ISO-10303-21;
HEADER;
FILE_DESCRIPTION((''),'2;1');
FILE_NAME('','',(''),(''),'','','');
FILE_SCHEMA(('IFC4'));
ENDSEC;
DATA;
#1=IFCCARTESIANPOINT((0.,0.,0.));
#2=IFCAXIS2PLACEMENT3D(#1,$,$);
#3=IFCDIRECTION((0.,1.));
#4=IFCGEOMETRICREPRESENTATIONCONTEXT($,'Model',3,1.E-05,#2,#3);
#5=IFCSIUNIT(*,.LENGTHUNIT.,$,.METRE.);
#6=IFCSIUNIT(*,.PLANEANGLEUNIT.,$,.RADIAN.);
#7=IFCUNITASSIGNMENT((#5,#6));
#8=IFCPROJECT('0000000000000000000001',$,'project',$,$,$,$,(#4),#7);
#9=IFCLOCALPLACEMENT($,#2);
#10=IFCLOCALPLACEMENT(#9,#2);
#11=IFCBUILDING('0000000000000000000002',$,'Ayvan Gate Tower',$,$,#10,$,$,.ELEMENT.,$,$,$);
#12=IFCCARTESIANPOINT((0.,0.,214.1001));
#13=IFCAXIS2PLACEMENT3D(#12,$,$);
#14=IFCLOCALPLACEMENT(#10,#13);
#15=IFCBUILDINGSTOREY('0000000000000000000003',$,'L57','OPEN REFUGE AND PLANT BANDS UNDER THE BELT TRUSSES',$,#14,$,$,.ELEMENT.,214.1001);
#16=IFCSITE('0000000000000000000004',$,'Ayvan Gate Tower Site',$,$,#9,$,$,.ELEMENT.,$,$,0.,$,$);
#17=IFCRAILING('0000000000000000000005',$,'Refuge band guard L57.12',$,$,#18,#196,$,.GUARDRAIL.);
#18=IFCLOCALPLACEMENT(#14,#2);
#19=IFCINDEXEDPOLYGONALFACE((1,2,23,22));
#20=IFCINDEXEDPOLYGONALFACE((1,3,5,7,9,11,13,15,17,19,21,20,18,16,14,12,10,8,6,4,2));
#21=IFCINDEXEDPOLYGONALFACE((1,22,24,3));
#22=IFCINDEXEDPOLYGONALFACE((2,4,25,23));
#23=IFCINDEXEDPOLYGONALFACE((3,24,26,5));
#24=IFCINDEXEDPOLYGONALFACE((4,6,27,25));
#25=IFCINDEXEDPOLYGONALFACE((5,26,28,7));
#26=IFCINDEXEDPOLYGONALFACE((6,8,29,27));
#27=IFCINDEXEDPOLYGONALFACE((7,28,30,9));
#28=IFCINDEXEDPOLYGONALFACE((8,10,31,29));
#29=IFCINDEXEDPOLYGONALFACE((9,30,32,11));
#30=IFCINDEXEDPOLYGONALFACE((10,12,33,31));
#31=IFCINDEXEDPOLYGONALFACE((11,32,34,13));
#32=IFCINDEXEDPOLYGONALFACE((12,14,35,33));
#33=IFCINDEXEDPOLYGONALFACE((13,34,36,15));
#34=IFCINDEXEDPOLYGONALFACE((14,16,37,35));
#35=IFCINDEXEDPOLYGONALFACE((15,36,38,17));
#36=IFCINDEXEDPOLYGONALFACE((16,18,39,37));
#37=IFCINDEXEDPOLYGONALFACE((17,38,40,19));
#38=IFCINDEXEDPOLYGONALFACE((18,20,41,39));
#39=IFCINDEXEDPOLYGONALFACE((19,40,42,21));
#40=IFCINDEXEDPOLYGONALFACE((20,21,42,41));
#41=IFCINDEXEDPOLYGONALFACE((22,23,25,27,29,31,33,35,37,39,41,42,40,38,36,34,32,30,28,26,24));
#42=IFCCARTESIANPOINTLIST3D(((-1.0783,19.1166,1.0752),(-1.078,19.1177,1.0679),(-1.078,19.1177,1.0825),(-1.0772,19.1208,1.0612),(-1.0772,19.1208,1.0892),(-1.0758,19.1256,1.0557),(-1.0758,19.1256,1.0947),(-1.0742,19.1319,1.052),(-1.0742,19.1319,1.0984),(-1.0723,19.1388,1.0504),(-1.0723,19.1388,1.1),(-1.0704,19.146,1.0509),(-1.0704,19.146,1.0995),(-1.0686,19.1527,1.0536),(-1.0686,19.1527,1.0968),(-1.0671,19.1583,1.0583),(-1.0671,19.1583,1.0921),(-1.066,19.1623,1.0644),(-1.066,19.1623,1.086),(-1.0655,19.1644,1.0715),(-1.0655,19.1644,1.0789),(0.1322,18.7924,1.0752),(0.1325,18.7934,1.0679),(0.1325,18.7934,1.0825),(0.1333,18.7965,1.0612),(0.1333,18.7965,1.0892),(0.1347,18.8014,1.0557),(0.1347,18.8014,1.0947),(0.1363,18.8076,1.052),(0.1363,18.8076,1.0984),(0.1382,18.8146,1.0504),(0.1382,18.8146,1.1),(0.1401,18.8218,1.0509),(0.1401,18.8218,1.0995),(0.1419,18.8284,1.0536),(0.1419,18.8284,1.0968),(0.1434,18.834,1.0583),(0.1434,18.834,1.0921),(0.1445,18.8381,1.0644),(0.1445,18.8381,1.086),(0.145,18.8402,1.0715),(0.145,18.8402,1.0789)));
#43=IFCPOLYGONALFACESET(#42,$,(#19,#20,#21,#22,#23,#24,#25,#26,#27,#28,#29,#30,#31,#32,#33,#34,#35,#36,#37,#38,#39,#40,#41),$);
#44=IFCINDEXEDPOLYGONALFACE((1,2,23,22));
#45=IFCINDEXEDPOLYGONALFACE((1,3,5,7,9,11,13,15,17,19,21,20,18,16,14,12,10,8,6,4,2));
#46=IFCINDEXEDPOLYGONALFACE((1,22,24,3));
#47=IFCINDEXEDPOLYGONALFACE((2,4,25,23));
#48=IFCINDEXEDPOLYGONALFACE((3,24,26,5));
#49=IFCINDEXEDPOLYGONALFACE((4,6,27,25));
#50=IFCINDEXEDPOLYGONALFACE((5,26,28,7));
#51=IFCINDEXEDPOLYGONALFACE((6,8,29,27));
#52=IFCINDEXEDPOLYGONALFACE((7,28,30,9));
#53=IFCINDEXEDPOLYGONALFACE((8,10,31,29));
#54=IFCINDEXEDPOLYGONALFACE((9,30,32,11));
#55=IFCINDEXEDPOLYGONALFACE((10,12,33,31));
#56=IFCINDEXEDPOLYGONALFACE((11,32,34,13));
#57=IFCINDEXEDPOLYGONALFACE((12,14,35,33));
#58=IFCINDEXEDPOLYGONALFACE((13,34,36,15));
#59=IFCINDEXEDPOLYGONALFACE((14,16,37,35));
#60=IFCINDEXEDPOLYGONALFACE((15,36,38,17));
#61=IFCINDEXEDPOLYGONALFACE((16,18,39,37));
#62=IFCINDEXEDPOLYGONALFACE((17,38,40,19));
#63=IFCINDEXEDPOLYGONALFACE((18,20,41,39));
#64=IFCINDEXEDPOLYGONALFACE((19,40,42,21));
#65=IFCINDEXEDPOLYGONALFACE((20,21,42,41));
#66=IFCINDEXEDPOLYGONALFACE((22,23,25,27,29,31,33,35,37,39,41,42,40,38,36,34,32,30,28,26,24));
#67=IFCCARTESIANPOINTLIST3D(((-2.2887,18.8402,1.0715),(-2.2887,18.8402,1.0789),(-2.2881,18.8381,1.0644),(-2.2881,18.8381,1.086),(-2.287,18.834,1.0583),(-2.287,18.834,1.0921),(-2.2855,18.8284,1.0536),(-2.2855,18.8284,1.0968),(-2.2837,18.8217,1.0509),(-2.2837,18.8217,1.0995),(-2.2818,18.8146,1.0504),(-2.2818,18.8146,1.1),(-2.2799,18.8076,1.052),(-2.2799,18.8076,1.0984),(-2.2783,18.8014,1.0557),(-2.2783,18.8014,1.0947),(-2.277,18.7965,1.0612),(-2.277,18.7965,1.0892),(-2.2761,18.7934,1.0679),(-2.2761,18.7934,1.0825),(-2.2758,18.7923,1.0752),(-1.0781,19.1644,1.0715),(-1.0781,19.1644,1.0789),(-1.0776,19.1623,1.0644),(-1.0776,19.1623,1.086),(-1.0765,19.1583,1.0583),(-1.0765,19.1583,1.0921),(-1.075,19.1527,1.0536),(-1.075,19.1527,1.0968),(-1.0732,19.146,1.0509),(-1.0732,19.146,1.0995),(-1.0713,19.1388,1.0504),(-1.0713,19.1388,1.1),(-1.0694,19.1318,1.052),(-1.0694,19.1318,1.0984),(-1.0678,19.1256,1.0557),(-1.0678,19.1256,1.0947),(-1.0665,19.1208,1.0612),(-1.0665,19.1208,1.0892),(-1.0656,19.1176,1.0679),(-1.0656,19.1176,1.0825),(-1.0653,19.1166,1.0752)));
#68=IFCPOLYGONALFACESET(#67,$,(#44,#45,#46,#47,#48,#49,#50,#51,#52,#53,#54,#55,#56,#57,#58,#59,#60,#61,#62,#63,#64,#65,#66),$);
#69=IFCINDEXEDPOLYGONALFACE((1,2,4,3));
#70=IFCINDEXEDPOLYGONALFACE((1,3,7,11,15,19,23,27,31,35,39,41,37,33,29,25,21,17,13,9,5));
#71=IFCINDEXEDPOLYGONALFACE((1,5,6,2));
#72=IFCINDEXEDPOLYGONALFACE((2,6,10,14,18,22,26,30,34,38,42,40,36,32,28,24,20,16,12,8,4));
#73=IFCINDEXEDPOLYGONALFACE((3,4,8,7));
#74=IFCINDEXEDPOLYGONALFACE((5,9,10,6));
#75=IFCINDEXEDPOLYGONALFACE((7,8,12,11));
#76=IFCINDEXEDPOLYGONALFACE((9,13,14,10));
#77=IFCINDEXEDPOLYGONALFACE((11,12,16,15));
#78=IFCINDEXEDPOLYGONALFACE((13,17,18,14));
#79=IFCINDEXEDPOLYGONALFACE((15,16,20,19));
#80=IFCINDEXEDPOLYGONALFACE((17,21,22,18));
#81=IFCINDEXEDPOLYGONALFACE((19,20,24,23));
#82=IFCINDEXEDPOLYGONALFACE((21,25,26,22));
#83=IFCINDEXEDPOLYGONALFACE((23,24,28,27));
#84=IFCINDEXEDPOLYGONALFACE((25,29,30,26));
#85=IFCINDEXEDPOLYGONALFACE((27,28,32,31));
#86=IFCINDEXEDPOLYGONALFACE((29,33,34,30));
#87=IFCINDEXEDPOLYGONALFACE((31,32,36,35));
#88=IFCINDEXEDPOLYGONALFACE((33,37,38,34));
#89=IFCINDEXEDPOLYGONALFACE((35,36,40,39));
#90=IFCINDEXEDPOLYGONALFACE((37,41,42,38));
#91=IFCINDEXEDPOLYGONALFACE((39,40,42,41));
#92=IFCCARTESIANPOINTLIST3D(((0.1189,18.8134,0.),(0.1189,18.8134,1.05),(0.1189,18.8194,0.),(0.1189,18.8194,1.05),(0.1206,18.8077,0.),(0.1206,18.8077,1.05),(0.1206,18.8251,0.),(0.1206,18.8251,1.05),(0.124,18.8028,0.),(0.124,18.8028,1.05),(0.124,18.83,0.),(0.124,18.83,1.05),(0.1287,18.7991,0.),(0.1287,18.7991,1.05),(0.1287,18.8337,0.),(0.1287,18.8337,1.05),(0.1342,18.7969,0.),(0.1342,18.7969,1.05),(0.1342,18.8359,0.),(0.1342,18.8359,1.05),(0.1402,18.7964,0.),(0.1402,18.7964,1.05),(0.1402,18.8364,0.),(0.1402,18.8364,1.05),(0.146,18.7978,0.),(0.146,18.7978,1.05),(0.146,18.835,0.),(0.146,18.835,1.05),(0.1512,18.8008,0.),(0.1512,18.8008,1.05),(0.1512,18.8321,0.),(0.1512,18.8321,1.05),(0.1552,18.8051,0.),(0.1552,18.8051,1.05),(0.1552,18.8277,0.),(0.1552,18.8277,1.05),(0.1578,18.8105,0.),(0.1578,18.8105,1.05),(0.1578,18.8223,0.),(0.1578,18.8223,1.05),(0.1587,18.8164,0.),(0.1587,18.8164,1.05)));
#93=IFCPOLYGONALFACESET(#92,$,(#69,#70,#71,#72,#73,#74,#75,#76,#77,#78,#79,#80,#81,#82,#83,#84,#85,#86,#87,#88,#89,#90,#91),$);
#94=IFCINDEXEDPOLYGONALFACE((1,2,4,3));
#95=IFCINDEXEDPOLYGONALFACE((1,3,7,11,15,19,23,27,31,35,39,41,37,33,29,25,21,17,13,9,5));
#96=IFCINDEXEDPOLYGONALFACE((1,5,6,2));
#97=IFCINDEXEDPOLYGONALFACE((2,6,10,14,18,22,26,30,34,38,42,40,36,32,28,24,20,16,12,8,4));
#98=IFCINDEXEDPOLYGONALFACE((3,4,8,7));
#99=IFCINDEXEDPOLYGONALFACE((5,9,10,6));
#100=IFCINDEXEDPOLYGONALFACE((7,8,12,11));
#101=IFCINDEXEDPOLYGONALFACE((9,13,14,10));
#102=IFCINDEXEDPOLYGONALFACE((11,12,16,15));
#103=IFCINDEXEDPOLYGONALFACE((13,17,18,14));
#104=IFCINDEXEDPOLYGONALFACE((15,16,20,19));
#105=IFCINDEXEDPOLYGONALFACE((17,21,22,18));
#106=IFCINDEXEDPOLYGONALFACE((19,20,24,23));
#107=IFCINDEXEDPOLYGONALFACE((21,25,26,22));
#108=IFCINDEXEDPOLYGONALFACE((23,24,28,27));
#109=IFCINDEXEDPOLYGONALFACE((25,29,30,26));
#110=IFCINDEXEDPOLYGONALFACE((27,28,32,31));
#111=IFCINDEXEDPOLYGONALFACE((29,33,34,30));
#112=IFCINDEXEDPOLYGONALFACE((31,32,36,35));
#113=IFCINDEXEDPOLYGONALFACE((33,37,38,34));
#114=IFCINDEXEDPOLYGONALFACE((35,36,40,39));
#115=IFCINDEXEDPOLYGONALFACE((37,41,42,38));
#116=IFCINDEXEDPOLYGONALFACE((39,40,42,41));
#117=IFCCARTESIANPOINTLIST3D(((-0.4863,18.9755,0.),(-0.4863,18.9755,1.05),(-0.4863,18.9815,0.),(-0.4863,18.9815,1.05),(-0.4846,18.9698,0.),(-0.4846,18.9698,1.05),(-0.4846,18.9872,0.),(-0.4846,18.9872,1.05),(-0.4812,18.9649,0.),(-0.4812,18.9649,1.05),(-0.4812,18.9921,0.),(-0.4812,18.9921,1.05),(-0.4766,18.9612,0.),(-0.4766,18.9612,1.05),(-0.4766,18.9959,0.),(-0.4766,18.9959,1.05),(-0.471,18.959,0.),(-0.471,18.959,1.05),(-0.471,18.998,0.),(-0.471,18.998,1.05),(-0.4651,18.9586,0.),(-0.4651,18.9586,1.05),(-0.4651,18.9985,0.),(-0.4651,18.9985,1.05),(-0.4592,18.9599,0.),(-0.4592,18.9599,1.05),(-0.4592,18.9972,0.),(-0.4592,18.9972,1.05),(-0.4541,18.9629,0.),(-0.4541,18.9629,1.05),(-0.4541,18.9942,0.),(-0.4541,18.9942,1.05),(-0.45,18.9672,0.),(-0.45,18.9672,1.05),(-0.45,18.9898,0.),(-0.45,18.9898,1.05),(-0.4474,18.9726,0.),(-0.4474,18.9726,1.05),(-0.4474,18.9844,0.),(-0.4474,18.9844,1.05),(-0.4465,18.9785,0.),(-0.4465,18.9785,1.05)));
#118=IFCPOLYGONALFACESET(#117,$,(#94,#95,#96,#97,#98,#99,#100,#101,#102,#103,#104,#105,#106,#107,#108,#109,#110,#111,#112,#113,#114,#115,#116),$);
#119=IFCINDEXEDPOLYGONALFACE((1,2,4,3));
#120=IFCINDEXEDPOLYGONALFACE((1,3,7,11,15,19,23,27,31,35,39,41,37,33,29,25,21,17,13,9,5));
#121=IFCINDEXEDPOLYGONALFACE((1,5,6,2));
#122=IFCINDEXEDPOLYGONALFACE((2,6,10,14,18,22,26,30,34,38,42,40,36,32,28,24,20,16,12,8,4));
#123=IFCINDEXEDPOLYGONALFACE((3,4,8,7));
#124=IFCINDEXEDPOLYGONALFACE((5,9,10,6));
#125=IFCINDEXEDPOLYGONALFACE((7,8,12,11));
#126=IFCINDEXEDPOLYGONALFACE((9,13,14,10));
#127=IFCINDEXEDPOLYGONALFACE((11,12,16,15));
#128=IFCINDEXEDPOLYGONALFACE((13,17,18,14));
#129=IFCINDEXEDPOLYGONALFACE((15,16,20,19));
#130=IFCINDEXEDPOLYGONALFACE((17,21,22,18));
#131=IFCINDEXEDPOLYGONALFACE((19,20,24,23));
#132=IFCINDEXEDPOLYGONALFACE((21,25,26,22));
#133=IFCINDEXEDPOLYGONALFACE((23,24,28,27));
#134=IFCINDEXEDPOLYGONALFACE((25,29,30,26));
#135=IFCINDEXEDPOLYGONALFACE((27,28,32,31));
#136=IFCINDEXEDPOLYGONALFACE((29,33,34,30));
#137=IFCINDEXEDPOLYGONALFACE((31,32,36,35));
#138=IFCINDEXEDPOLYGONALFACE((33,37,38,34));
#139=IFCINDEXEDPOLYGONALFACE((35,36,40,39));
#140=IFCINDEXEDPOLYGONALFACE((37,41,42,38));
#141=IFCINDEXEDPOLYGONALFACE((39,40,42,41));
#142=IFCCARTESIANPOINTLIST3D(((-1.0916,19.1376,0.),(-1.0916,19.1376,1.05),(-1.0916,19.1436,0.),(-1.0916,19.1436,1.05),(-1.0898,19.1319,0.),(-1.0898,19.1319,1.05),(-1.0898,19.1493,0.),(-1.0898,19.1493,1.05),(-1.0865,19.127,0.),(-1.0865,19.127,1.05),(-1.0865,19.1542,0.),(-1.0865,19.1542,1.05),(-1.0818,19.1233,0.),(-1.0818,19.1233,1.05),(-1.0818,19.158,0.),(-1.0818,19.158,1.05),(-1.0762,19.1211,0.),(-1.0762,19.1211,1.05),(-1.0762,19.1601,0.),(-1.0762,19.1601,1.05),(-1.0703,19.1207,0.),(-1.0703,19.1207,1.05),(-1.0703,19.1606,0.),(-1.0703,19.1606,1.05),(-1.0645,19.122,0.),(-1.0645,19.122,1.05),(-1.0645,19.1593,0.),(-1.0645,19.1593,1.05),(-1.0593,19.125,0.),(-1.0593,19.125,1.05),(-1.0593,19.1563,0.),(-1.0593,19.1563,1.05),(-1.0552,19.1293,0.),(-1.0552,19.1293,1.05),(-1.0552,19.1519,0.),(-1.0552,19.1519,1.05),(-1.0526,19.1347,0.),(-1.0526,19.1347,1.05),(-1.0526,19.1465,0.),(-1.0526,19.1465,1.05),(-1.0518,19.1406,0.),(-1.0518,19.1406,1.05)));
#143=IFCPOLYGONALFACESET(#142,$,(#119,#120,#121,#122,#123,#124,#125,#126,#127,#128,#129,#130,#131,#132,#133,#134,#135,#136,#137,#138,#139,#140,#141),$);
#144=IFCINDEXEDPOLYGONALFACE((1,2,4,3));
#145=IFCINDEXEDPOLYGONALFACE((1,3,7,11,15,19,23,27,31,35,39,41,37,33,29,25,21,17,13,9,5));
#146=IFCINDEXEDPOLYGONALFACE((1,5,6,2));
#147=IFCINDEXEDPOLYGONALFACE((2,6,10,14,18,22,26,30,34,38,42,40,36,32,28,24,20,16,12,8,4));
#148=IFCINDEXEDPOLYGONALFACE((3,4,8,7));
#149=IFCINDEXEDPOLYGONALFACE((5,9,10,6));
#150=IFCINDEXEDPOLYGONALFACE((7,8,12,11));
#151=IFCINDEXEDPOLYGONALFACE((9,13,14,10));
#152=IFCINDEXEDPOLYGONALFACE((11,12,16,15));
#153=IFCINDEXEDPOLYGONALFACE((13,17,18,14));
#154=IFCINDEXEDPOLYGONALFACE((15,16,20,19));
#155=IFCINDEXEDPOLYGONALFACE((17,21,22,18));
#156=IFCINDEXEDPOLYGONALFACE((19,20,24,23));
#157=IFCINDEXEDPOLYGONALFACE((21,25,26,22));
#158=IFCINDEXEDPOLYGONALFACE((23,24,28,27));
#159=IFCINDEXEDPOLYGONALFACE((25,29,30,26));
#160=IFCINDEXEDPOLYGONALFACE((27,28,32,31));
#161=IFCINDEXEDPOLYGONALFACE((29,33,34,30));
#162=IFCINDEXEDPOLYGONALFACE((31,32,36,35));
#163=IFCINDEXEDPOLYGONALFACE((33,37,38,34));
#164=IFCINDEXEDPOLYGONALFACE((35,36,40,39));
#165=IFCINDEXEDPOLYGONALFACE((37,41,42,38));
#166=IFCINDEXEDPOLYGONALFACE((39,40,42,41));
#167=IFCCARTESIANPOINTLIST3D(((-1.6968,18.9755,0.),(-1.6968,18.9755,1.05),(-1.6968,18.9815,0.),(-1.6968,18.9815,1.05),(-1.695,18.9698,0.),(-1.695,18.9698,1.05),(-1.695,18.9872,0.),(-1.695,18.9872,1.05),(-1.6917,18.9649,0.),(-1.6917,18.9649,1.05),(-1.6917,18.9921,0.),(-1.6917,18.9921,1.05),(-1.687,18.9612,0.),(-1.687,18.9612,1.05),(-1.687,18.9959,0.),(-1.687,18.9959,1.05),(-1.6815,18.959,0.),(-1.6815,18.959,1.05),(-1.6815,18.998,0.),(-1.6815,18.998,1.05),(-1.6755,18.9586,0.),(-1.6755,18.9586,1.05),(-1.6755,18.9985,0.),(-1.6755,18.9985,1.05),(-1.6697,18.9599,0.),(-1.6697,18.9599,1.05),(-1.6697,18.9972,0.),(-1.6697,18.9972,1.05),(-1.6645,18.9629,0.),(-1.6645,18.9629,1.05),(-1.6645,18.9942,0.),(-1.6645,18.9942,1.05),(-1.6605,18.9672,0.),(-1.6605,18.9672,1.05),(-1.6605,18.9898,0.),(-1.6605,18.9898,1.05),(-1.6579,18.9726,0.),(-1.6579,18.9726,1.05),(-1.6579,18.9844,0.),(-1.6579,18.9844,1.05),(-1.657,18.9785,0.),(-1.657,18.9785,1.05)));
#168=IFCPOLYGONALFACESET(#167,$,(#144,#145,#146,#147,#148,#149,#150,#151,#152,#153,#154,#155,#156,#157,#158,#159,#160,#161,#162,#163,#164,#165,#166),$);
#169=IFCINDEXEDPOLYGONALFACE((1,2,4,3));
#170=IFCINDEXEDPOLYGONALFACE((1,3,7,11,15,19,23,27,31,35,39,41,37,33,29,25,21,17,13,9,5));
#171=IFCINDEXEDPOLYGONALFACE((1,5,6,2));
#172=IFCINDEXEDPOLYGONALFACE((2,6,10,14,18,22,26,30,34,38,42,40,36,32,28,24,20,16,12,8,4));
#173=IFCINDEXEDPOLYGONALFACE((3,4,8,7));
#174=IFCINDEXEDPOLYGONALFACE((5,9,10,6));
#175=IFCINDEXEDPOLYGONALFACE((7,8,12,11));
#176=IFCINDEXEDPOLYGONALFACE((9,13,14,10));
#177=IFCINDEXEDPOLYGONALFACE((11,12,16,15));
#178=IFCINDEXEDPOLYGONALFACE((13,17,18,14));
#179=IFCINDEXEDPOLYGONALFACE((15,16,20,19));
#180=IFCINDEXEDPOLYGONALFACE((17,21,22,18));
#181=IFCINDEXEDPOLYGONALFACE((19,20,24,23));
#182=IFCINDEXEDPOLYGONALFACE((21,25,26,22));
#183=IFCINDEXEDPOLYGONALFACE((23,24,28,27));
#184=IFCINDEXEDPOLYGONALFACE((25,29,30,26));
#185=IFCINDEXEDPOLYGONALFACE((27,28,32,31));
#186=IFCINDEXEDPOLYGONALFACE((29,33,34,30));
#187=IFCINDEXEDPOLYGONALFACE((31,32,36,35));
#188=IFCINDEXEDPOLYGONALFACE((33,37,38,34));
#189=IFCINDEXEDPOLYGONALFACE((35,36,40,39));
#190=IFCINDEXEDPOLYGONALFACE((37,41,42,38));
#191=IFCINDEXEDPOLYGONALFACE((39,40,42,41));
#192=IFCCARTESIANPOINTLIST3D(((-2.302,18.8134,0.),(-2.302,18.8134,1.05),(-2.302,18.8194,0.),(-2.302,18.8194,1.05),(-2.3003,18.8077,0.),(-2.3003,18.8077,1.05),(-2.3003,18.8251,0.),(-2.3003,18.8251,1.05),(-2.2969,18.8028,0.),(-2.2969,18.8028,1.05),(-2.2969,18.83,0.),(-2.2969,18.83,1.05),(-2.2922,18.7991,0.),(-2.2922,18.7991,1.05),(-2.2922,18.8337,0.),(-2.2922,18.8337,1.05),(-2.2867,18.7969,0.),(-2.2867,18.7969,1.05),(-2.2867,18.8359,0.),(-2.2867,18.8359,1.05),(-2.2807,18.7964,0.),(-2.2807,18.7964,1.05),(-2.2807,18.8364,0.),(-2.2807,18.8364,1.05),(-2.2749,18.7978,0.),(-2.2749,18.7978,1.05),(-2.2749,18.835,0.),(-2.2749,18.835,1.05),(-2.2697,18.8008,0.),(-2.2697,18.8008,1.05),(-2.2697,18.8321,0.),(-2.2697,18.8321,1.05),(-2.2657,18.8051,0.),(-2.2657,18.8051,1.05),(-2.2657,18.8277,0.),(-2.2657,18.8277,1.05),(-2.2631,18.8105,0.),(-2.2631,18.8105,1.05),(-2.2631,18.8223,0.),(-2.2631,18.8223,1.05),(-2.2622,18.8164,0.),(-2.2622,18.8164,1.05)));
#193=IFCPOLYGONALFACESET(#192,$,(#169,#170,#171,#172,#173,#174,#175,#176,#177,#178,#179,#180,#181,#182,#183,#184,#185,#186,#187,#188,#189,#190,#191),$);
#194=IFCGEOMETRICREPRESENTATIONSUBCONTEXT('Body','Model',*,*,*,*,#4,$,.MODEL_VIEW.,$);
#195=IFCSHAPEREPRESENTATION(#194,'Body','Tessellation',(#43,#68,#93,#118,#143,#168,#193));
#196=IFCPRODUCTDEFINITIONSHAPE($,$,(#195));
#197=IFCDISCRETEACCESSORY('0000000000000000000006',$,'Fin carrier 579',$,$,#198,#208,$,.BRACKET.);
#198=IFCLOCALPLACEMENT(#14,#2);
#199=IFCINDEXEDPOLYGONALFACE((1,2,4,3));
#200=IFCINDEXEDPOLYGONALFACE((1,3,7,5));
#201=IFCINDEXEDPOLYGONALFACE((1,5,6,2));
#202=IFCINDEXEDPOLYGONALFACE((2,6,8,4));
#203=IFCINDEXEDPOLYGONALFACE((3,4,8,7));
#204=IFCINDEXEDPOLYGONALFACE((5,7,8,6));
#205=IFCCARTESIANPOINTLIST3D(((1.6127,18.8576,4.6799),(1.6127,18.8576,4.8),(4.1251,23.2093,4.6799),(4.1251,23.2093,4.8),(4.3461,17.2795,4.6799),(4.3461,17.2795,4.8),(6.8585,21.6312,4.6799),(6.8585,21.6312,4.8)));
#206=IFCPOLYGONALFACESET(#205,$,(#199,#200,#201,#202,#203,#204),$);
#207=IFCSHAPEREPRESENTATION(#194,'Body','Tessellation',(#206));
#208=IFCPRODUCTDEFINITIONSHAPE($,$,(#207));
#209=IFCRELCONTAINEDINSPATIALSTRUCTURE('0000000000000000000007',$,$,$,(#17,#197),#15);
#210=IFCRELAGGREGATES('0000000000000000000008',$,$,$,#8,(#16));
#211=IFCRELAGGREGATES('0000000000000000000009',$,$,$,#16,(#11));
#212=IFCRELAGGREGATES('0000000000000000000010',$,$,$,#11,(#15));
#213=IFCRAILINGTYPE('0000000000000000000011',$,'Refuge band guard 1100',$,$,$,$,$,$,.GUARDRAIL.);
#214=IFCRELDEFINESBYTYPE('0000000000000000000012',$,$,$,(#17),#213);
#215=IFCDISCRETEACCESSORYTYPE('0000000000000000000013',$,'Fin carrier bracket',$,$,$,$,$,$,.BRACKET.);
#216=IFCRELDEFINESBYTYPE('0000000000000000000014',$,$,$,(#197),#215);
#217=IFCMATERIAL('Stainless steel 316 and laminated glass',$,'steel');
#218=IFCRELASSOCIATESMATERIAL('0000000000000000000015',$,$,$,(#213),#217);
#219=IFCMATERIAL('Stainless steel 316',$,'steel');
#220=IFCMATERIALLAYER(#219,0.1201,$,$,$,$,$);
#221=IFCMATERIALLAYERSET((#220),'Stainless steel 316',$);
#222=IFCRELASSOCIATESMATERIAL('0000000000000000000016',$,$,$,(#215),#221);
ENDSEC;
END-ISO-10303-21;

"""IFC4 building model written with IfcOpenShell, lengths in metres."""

from ifc_helpers import new_model, si_unit, direction, frame, origin, origin_2d, place, context, subcontext, project, spatial, rectangle, circle, extrude, material, layer, layer_set, type_object, element, save


model = new_model("IFC4")

# Units and contexts
model_context = context("Model", 3, precision=1e-05, world=origin(), true_north=direction((0.0, 1.0)))
body_context = subcontext(model_context, "Body", "Model", "MODEL_VIEW")
ifc_project = project(units=[si_unit("LENGTHUNIT", "METRE"), si_unit("PLANEANGLEUNIT", "RADIAN")], contexts=[model_context])

# Site, building, storey
site_placement = place(None, origin())
site = spatial("IfcSite", under=ifc_project, at=site_placement, Name="Ayvan Gate Tower Site", CompositionType="ELEMENT", RefElevation=0.0)
building_placement = place(site_placement, origin())
building = spatial("IfcBuilding", under=site, at=building_placement, Name="Ayvan Gate Tower", CompositionType="ELEMENT")
storey_placement = place(building_placement, frame((0.0, 0.0, 214.1001)))
storey = spatial("IfcBuildingStorey", under=building, at=storey_placement, Name="L57", Description="OPEN REFUGE AND PLANT BANDS UNDER THE BELT TRUSSES", CompositionType="ELEMENT", Elevation=214.1001)

# Railing
ifc_material_1 = material(Name="Stainless steel 316 and laminated glass", Category="steel")
railing_type = type_object("IfcRailingType", Name="Refuge band guard 1100", PredefinedType="GUARDRAIL", material=ifc_material_1)
railing_placement = place(storey_placement, frame((0.1387, 18.8164, 0.0)))
element("IfcRailing", 1, at=railing_placement, inside=storey, type_object=railing_type, Name="Refuge band guard L57.12", PredefinedType="GUARDRAIL", context=body_context, shape_type="SweptSolid", body=[
    extrude(circle(Radius=0.0249, at=origin_2d()), frame((0.0, 0.0, 1.0752), z_axis=(-0.96595, 0.25873, 0.0), x_axis=(-0.25873, -0.96595, 0.0)), (0.0, 0.0, 1.0), 1.2532),
    extrude(circle(Radius=0.0249, at=origin_2d()), frame((-1.2104, 0.3242, 1.0752), z_axis=(-0.96595, -0.25873, 0.0), x_axis=(0.25873, -0.96595, 0.0)), (0.0, 0.0, 1.0), 1.2532),
    extrude(circle(Radius=0.02, at=origin_2d()), origin(), (0.0, 0.0, 1.0), 1.05),
    extrude(circle(Radius=0.02, at=origin_2d()), frame((-0.6052, 0.1621, 0.0)), (0.0, 0.0, 1.0), 1.05),
    extrude(circle(Radius=0.02, at=origin_2d()), frame((-1.2104, 0.3242, 0.0)), (0.0, 0.0, 1.0), 1.05),
    extrude(circle(Radius=0.02, at=origin_2d()), frame((-1.8157, 0.1621, 0.0)), (0.0, 0.0, 1.0), 1.05),
    extrude(circle(Radius=0.02, at=origin_2d()), frame((-2.4209, 0.0, 0.0)), (0.0, 0.0, 1.0), 1.05),
])

# Discrete accessory
ifc_material_2 = material(Name="Stainless steel 316", Category="steel")
ifc_layer_1 = layer(ifc_material_2, 0.1201)
ifc_layer_set_1 = layer_set([ifc_layer_1], Name="Stainless steel 316")
discrete_accessory_type_1 = type_object("IfcDiscreteAccessoryType", Name="Fin carrier bracket", PredefinedType="BRACKET", material=ifc_layer_set_1)
discrete_accessory_1_placement = place(storey_placement, frame((4.2356, 20.2444, 4.6799), z_axis=(0.0, 0.0, 1.0), x_axis=(-0.866025, 0.5, 0.0)))
element("IfcDiscreteAccessory", 2, at=discrete_accessory_1_placement, inside=storey, type_object=discrete_accessory_type_1, Name="Fin carrier 579", PredefinedType="BRACKET", context=body_context, shape_type="SweptSolid", body=[
    extrude(rectangle(XDim=3.1562, YDim=5.0249, at=origin_2d()), origin(), (0.0, 0.0, 1.0), 0.1201),
])

save(model, "model.ifc")
